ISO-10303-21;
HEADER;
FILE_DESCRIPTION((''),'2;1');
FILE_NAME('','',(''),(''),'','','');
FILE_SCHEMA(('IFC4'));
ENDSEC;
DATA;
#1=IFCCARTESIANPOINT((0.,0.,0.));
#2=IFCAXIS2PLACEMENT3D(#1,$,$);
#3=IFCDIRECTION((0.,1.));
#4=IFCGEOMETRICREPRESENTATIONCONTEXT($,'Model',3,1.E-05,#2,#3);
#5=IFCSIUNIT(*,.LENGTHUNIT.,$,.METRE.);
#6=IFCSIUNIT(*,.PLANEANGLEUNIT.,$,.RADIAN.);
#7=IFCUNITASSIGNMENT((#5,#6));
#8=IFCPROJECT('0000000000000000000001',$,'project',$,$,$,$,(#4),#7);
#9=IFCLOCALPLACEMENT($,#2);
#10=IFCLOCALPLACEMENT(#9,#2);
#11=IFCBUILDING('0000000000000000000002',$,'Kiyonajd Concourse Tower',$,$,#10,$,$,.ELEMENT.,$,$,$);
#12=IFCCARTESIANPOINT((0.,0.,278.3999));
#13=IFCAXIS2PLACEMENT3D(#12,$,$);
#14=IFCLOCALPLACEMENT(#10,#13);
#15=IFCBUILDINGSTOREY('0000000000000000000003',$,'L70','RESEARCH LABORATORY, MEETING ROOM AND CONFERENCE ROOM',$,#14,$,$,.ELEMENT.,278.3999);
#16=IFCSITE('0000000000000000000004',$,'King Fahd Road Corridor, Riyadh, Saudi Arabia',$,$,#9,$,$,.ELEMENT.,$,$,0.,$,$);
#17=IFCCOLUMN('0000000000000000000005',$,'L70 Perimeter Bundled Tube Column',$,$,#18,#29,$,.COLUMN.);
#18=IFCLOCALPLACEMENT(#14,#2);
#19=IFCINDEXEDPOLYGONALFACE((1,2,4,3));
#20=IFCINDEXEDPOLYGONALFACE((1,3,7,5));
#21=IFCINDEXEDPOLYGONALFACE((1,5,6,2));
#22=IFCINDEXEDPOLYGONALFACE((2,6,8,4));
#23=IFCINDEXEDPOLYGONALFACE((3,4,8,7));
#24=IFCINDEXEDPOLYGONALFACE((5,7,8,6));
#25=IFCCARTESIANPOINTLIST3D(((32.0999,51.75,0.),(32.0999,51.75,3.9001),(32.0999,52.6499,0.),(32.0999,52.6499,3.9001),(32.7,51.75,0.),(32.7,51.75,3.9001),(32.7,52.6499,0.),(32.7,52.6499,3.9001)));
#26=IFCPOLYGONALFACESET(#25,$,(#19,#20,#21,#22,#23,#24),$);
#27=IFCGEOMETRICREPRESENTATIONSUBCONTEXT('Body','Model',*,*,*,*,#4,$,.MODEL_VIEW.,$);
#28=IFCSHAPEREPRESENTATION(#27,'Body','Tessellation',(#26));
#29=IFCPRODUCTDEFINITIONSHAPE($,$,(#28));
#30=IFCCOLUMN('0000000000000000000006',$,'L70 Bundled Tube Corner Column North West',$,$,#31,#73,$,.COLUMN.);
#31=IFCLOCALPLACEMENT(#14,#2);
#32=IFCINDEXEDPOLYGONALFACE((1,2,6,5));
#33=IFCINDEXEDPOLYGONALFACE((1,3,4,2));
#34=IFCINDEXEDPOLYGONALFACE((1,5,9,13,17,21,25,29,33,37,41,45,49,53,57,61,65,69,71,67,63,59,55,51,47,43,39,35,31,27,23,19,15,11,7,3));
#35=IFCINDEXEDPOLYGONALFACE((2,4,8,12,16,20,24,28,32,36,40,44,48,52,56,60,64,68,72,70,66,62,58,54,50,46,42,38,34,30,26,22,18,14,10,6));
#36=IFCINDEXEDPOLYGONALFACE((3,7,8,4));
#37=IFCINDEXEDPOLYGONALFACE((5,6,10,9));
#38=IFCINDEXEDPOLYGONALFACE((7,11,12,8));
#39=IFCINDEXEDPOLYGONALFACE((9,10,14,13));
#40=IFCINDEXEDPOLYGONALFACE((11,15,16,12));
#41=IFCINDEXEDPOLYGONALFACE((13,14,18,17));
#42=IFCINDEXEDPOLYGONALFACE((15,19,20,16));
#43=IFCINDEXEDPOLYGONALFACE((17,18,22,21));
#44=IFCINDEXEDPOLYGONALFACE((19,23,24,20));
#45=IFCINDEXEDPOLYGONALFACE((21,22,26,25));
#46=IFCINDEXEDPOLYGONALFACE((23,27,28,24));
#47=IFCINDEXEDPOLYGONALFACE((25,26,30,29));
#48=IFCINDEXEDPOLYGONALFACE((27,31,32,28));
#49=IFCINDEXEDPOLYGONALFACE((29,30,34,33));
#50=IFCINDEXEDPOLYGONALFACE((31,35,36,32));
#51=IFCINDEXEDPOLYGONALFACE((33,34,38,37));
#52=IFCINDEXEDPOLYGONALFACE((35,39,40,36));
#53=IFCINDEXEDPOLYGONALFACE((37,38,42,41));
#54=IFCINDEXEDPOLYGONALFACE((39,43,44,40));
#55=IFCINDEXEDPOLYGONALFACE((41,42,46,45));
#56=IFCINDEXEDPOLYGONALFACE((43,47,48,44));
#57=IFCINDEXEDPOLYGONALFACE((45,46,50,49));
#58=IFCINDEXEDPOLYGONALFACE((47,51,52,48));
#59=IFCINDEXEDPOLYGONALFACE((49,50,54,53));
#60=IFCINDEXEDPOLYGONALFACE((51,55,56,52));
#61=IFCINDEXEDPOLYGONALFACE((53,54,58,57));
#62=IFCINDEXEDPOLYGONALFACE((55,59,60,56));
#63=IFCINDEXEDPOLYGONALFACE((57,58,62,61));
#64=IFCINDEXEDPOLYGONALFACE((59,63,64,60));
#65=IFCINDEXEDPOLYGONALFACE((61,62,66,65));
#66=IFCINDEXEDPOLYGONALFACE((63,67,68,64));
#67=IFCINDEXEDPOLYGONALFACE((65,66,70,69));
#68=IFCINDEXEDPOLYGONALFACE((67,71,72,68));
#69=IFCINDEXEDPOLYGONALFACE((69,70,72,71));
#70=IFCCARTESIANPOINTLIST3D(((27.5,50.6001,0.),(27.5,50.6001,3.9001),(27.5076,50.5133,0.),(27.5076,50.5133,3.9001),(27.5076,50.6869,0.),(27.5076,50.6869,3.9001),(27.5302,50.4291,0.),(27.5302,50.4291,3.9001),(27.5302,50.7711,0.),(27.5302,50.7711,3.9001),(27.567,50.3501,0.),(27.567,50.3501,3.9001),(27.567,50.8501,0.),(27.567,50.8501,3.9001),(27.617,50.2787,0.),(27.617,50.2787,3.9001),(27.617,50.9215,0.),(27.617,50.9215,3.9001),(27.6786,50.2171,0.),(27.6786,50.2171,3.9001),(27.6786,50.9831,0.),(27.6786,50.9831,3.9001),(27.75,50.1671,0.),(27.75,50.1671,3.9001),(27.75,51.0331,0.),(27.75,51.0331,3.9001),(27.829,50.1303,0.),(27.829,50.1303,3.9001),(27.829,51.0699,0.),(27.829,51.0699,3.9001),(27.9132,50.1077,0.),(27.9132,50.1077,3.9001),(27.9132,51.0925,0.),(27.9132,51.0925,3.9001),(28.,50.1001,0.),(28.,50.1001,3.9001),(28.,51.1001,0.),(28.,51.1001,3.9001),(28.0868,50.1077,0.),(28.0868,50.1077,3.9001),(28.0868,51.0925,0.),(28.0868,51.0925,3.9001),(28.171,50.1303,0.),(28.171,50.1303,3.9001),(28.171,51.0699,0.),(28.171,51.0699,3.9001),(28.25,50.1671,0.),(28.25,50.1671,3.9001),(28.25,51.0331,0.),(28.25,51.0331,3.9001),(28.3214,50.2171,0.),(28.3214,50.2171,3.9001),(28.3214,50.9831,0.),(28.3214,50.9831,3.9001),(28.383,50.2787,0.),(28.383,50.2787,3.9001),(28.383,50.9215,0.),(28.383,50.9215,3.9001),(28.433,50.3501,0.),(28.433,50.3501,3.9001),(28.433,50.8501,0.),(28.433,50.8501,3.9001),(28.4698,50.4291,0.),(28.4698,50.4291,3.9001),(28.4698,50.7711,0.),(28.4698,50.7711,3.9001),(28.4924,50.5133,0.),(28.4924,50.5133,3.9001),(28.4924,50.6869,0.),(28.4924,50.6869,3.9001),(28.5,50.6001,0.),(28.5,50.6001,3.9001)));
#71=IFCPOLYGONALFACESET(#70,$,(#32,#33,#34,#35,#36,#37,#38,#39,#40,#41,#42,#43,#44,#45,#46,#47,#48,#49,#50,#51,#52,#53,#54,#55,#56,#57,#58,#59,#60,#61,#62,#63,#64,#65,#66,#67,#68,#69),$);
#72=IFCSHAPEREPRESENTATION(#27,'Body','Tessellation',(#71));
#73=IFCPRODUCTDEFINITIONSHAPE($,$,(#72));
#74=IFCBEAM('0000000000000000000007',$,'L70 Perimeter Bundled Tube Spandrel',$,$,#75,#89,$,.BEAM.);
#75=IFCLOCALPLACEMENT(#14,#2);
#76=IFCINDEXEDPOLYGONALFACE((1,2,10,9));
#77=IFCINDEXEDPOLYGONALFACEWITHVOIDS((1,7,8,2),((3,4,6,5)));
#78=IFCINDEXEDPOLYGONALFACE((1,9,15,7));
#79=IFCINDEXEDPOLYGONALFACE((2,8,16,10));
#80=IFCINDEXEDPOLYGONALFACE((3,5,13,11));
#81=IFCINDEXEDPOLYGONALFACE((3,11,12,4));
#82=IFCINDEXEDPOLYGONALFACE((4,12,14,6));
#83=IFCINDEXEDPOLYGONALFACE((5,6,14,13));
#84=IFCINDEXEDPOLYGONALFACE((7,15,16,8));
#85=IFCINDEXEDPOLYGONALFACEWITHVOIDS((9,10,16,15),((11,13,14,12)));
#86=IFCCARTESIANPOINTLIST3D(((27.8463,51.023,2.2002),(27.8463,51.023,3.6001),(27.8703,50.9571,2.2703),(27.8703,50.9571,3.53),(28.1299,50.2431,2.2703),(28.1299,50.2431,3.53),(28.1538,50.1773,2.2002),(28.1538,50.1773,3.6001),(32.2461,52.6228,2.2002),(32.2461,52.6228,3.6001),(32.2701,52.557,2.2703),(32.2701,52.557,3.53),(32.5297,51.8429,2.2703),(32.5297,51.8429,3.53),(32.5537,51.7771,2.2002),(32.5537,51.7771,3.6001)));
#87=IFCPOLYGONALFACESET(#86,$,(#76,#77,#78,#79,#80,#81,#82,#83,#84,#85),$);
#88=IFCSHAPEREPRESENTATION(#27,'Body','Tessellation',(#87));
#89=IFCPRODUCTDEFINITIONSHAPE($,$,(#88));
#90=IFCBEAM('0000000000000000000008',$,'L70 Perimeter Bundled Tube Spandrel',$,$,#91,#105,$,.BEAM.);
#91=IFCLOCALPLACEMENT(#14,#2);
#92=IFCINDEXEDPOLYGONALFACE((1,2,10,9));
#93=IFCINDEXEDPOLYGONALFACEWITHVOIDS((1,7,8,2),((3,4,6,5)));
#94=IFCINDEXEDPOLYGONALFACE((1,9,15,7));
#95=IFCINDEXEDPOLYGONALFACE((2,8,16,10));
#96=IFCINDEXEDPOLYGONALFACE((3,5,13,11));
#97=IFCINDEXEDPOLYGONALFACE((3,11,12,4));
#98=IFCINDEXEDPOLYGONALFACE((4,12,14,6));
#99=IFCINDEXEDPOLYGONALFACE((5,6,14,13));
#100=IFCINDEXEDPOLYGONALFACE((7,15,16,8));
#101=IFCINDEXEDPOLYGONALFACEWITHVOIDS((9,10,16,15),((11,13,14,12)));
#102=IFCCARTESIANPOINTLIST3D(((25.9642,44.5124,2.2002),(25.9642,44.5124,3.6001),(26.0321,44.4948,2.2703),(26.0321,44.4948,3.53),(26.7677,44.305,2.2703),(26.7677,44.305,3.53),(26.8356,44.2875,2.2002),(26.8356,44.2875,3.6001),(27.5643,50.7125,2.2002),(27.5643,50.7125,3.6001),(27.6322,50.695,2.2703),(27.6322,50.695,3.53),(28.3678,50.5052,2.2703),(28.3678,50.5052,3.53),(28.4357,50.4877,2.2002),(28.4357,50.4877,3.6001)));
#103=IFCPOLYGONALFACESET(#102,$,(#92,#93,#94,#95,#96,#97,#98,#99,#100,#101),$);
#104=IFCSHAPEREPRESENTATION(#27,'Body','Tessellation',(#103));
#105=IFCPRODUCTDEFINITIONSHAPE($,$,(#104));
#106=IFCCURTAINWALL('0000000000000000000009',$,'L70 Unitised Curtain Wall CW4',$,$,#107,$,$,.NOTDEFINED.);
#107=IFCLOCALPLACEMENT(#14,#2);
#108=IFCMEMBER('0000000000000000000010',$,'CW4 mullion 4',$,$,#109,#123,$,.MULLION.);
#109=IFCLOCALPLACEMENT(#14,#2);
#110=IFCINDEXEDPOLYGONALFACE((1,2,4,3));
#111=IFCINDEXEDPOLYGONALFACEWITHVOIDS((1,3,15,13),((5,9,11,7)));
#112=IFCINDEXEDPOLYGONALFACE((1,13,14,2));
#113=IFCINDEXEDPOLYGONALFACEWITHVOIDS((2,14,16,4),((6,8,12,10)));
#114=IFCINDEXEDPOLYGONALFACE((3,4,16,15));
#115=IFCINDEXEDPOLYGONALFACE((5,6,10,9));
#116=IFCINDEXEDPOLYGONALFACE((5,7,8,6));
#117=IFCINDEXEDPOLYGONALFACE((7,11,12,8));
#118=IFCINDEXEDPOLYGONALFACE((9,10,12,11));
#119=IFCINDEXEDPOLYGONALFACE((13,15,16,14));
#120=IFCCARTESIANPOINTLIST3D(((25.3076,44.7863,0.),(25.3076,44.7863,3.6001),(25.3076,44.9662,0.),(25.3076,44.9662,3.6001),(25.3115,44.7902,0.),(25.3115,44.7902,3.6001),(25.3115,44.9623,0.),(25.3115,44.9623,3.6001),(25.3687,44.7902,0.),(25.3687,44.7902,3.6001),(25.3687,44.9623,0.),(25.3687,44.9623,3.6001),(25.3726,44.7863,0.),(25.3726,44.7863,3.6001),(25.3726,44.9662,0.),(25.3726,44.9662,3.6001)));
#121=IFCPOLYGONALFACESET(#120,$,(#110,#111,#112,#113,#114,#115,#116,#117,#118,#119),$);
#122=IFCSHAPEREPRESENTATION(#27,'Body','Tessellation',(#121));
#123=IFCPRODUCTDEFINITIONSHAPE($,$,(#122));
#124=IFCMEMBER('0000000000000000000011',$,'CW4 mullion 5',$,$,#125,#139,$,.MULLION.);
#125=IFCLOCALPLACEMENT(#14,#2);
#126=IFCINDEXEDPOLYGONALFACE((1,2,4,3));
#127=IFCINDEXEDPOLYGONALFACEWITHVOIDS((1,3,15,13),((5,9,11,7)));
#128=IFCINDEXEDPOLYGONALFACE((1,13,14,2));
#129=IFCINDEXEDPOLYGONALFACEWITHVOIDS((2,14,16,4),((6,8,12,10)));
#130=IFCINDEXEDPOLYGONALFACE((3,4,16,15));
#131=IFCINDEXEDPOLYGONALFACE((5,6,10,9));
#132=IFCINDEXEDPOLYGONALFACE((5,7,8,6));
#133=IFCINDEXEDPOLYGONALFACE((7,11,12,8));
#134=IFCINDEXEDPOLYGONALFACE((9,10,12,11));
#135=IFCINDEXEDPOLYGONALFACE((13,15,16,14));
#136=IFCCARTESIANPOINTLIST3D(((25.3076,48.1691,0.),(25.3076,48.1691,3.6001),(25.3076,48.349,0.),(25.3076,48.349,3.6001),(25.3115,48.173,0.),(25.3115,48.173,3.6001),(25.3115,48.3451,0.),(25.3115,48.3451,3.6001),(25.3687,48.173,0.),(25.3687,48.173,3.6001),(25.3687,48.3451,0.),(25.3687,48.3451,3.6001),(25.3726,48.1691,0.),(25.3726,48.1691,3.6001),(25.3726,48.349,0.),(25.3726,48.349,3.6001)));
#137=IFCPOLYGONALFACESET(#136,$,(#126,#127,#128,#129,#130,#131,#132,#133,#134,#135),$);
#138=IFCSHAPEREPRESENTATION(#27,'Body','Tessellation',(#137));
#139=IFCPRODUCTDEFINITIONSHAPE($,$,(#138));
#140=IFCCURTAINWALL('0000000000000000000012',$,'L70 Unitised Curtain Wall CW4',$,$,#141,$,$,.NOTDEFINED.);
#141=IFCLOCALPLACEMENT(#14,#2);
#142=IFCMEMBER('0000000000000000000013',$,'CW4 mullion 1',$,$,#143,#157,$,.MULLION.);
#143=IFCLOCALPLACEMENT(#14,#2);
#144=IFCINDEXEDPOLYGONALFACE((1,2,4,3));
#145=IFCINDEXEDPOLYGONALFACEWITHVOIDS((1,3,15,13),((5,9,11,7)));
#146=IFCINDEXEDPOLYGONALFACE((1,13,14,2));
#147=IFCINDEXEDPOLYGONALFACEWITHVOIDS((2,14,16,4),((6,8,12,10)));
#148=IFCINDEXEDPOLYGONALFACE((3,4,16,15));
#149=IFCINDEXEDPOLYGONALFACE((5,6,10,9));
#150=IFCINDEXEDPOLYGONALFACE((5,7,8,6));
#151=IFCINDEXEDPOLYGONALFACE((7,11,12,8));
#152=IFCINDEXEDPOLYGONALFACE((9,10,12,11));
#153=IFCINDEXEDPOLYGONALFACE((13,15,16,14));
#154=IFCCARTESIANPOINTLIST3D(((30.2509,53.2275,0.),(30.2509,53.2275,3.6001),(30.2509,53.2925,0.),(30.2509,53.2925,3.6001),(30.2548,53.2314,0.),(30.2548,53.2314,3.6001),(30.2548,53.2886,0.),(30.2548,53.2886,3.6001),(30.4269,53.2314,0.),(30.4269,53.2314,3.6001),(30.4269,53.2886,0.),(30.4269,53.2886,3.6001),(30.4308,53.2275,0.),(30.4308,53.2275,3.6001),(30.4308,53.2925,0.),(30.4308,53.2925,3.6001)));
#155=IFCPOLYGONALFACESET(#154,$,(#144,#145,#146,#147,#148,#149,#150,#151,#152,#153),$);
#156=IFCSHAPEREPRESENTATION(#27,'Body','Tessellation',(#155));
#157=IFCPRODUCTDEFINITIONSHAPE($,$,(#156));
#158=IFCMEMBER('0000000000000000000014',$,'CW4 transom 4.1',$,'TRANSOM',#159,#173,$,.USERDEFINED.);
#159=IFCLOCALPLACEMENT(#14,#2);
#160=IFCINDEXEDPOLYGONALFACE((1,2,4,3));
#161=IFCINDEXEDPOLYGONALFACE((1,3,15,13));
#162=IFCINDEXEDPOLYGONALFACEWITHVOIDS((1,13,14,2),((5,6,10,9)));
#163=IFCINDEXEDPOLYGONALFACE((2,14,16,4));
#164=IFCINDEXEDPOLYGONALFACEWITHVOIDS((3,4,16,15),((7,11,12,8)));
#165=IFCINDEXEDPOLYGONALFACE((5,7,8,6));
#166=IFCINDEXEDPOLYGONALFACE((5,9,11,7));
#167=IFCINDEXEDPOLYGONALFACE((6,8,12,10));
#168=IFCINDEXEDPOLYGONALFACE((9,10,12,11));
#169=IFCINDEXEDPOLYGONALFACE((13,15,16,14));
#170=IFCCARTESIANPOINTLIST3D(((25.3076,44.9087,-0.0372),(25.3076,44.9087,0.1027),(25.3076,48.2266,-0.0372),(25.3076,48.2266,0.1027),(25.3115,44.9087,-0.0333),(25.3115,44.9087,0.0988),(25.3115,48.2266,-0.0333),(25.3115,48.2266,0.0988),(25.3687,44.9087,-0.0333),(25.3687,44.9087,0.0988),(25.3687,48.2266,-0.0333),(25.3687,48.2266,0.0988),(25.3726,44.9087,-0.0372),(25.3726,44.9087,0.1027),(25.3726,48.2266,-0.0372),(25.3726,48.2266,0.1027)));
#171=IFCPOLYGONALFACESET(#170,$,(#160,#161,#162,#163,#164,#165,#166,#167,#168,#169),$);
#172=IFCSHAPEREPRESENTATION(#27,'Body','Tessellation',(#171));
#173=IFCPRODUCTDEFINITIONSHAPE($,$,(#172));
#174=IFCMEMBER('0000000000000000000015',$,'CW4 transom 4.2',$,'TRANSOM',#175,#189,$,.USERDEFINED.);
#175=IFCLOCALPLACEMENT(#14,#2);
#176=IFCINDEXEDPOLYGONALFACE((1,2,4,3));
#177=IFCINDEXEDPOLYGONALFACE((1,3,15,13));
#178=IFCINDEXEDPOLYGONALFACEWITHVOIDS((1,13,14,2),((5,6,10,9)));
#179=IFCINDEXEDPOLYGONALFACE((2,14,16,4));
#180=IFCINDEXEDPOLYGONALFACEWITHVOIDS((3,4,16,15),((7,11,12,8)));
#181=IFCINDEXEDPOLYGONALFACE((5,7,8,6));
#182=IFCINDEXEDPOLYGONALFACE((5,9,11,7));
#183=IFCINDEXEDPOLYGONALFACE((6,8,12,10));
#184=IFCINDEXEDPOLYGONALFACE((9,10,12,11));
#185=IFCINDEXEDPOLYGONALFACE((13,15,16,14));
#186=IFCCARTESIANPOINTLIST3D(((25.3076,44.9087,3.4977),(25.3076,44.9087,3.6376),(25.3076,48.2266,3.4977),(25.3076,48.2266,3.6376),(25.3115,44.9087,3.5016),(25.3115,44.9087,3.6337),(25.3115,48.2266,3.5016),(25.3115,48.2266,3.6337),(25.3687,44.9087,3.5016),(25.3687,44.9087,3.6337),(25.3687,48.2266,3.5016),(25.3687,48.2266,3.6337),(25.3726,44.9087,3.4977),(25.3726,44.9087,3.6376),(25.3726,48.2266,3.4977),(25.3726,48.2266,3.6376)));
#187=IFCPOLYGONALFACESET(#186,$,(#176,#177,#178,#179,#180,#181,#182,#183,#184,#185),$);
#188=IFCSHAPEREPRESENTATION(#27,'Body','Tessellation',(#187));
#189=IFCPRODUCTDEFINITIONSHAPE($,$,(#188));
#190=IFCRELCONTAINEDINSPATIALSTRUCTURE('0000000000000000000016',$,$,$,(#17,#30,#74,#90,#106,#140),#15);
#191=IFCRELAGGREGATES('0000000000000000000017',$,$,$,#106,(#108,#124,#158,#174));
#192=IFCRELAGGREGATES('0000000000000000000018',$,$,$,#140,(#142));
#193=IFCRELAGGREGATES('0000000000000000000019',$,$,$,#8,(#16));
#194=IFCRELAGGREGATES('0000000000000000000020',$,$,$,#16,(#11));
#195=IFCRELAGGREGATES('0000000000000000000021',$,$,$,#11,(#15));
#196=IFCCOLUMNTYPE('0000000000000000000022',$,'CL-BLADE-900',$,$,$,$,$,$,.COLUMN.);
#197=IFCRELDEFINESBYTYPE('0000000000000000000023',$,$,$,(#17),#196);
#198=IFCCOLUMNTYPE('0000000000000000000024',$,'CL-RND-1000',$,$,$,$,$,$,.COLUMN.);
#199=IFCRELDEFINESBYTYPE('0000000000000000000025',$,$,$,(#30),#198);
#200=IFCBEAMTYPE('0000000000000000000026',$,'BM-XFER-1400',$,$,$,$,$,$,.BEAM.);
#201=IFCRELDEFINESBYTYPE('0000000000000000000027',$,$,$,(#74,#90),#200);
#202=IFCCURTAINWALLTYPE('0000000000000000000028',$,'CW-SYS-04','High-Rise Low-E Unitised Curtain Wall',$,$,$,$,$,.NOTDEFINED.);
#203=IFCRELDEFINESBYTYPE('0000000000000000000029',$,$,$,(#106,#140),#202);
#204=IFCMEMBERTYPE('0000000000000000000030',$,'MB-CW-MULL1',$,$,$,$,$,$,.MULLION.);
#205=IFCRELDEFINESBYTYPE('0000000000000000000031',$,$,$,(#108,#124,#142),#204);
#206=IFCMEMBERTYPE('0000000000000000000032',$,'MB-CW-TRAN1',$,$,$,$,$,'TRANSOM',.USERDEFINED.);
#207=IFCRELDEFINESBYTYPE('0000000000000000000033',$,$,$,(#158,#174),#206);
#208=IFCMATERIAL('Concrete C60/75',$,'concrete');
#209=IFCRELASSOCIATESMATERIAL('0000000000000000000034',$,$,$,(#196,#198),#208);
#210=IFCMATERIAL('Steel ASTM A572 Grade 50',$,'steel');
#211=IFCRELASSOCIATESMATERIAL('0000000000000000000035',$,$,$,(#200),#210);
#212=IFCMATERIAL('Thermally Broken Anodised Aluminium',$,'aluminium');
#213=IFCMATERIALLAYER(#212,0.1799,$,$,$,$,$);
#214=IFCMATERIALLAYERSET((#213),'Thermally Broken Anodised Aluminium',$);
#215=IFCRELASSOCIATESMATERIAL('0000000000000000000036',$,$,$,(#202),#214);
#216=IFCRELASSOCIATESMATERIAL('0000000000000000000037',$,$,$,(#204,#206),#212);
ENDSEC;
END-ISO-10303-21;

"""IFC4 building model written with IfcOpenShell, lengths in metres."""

from ifc_helpers import new_model, si_unit, direction, frame, origin, origin_2d, place, context, subcontext, project, spatial, rectangle, hollow_rectangle, circle, extrude, material, layer, layer_set, material_profile, profile_set, type_object, element, aggregate, save


model = new_model("IFC4")

# Units and contexts
model_context = context("Model", 3, precision=1e-05, world=origin(), true_north=direction((0.0, 1.0)))
body_context = subcontext(model_context, "Body", "Model", "MODEL_VIEW")
ifc_project = project(units=[si_unit("LENGTHUNIT", "METRE"), si_unit("PLANEANGLEUNIT", "RADIAN")], contexts=[model_context])

# Site, building, storey
site_placement = place(None, origin())
site = spatial("IfcSite", under=ifc_project, at=site_placement, Name="King Fahd Road Corridor, Riyadh, Saudi Arabia", CompositionType="ELEMENT", RefElevation=0.0)
building_placement = place(site_placement, origin())
building = spatial("IfcBuilding", under=site, at=building_placement, Name="Kiyonajd Concourse Tower", CompositionType="ELEMENT")
storey_placement = place(building_placement, frame((0.0, 0.0, 278.3999)))
storey = spatial("IfcBuildingStorey", under=building, at=storey_placement, Name="L70", Description="RESEARCH LABORATORY, MEETING ROOM AND CONFERENCE ROOM", CompositionType="ELEMENT", Elevation=278.3999)

# Columns
ifc_material_1 = material(Name="Concrete C60/75", Category="concrete")
ifc_material_profile_1 = material_profile(ifc_material_1, rectangle(XDim=0.6001, YDim=0.8999, at=origin_2d()), Name="RC-900x600")
ifc_profile_set_1 = profile_set([ifc_material_profile_1], Name="Concrete C60/75")
column_type_1 = type_object("IfcColumnType", Name="CL-BLADE-900", PredefinedType="COLUMN", material=ifc_profile_set_1)
column_1_placement = place(storey_placement, frame((32.3999, 52.2, 0.0), z_axis=(0.0, 0.0, 1.0), x_axis=(1.0, 0.0, 0.0)))
element("IfcColumn", 1, at=column_1_placement, inside=storey, type_object=column_type_1, Name="L70 Perimeter Bundled Tube Column", PredefinedType="COLUMN", context=body_context, shape_type="SweptSolid", body=[
    extrude(rectangle(XDim=0.6001, YDim=0.8999, at=origin_2d()), origin(), (0.0, 0.0, 1.0), 3.9001),
])
ifc_material_profile_2 = material_profile(ifc_material_1, circle(Radius=0.5, at=origin_2d()), Name="RCC-D1000")
ifc_profile_set_2 = profile_set([ifc_material_profile_2], Name="Concrete C60/75")
column_type_2 = type_object("IfcColumnType", Name="CL-RND-1000", PredefinedType="COLUMN", material=ifc_profile_set_2)
column_2_placement = place(storey_placement, frame((28.0, 50.6001, 0.0), z_axis=(0.0, 0.0, 1.0), x_axis=(1.0, 0.0, 0.0)))
element("IfcColumn", 2, at=column_2_placement, inside=storey, type_object=column_type_2, Name="L70 Bundled Tube Corner Column North West", PredefinedType="COLUMN", context=body_context, shape_type="SweptSolid", body=[
    extrude(circle(Radius=0.5, at=origin_2d()), origin(), (0.0, 0.0, 1.0), 3.9001),
])

# Beams
ifc_material_2 = material(Name="Steel ASTM A572 Grade 50", Category="steel")
ifc_material_profile_3 = material_profile(ifc_material_2, hollow_rectangle(XDim=0.8999, YDim=1.3999, WallThickness=0.0701, at=origin_2d()), Name="BOX-1400x900x70")
ifc_profile_set_3 = profile_set([ifc_material_profile_3], Name="Steel ASTM A572 Grade 50")
beam_type = type_object("IfcBeamType", Name="BM-XFER-1400", PredefinedType="BEAM", material=ifc_profile_set_3)
beam_1_placement = place(storey_placement, frame((32.3999, 52.2, 2.9001), z_axis=(-0.939801, -0.341722, 0.0), x_axis=(0.341722, -0.939801, 0.0)))
element("IfcBeam", 3, at=beam_1_placement, inside=storey, type_object=beam_type, Name="L70 Perimeter Bundled Tube Spandrel", PredefinedType="BEAM", context=body_context, shape_type="SweptSolid", body=[
    extrude(hollow_rectangle(XDim=0.8999, YDim=1.3999, WallThickness=0.0701, at=origin_2d()), origin(), (0.0, 0.0, 1.0), 4.6816),
])
beam_2_placement = place(storey_placement, frame((28.0, 50.6001, 2.9001), z_axis=(-0.249885, -0.968276, 0.0), x_axis=(0.968276, -0.249885, 0.0)))
element("IfcBeam", 4, at=beam_2_placement, inside=storey, type_object=beam_type, Name="L70 Perimeter Bundled Tube Spandrel", PredefinedType="BEAM", context=body_context, shape_type="SweptSolid", body=[
    extrude(hollow_rectangle(XDim=0.8999, YDim=1.3999, WallThickness=0.0701, at=origin_2d()), origin(), (0.0, 0.0, 1.0), 6.4033),
])

# Curtain wall, members
ifc_material_3 = material(Name="Thermally Broken Anodised Aluminium", Category="aluminium")
ifc_layer_1 = layer(ifc_material_3, 0.1799)
ifc_layer_set_1 = layer_set([ifc_layer_1], Name="Thermally Broken Anodised Aluminium")
curtain_wall_type = type_object("IfcCurtainWallType", Name="CW-SYS-04", Description="High-Rise Low-E Unitised Curtain Wall", PredefinedType="NOTDEFINED", material=ifc_layer_set_1)
curtain_wall_1_placement = place(storey_placement, origin())
curtain_wall_1 = element("IfcCurtainWall", 5, at=curtain_wall_1_placement, inside=storey, type_object=curtain_wall_type, Name="L70 Unitised Curtain Wall CW4", PredefinedType="NOTDEFINED")
ifc_material_profile_4 = material_profile(ifc_material_3, hollow_rectangle(XDim=0.0649, YDim=0.1799, WallThickness=0.0039, at=origin_2d()), Name="MULL-65x180")
ifc_profile_set_4 = profile_set([ifc_material_profile_4], Name="Thermally Broken Anodised Aluminium")
member_type_1 = type_object("IfcMemberType", Name="MB-CW-MULL1", PredefinedType="MULLION", material=ifc_profile_set_4)
member_1_placement = place(storey_placement, frame((25.3401, 44.8762, 0.0), z_axis=(0.0, 0.0, 1.0), x_axis=(-1.0, 0.0, 0.0)))
member_1 = element("IfcMember", 6, at=member_1_placement, type_object=member_type_1, Name="CW4 mullion 4", PredefinedType="MULLION", context=body_context, shape_type="SweptSolid", body=[
    extrude(hollow_rectangle(XDim=0.0649, YDim=0.1799, WallThickness=0.0039, at=origin_2d()), origin(), (0.0, 0.0, 1.0), 3.6001),
])
member_2_placement = place(storey_placement, frame((25.3401, 48.259, 0.0), z_axis=(0.0, 0.0, 1.0), x_axis=(-1.0, 0.0, 0.0)))
member_2 = element("IfcMember", 7, at=member_2_placement, type_object=member_type_1, Name="CW4 mullion 5", PredefinedType="MULLION", context=body_context, shape_type="SweptSolid", body=[
    extrude(hollow_rectangle(XDim=0.0649, YDim=0.1799, WallThickness=0.0039, at=origin_2d()), origin(), (0.0, 0.0, 1.0), 3.6001),
])

# Curtain wall, member
curtain_wall_2_placement = place(storey_placement, origin())
curtain_wall_2 = element("IfcCurtainWall", 8, at=curtain_wall_2_placement, inside=storey, type_object=curtain_wall_type, Name="L70 Unitised Curtain Wall CW4", PredefinedType="NOTDEFINED")
member_3_placement = place(storey_placement, frame((30.3408, 53.26, 0.0), z_axis=(0.0, 0.0, 1.0), x_axis=(0.0, 1.0, 0.0)))
member_3 = element("IfcMember", 9, at=member_3_placement, type_object=member_type_1, Name="CW4 mullion 1", PredefinedType="MULLION", context=body_context, shape_type="SweptSolid", body=[
    extrude(hollow_rectangle(XDim=0.0649, YDim=0.1799, WallThickness=0.0039, at=origin_2d()), origin(), (0.0, 0.0, 1.0), 3.6001),
])

# Members
ifc_material_profile_5 = material_profile(ifc_material_3, hollow_rectangle(XDim=0.0649, YDim=0.1399, WallThickness=0.0039, at=origin_2d()), Name="TRAN-65x140")
ifc_profile_set_5 = profile_set([ifc_material_profile_5], Name="Thermally Broken Anodised Aluminium")
member_type_2 = type_object("IfcMemberType", Name="MB-CW-TRAN1", ElementType="TRANSOM", PredefinedType="USERDEFINED", material=ifc_profile_set_5)
member_4_placement = place(storey_placement, frame((25.3401, 44.9087, 0.0327), z_axis=(0.0, 1.0, 0.0), x_axis=(-1.0, 0.0, 0.0)))
member_4 = element("IfcMember", 10, at=member_4_placement, type_object=member_type_2, Name="CW4 transom 4.1", ObjectType="TRANSOM", PredefinedType="USERDEFINED", context=body_context, shape_type="SweptSolid", body=[
    extrude(hollow_rectangle(XDim=0.0649, YDim=0.1399, WallThickness=0.0039, at=origin_2d()), origin(), (0.0, 0.0, 1.0), 3.3179),
])
member_5_placement = place(storey_placement, frame((25.3401, 44.9087, 3.5676), z_axis=(0.0, 1.0, 0.0), x_axis=(-1.0, 0.0, 0.0)))
member_5 = element("IfcMember", 11, at=member_5_placement, type_object=member_type_2, Name="CW4 transom 4.2", ObjectType="TRANSOM", PredefinedType="USERDEFINED", context=body_context, shape_type="SweptSolid", body=[
    extrude(hollow_rectangle(XDim=0.0649, YDim=0.1399, WallThickness=0.0039, at=origin_2d()), origin(), (0.0, 0.0, 1.0), 3.3179),
])

aggregate(curtain_wall_1, [member_1, member_2, member_4, member_5])
aggregate(curtain_wall_2, [member_3])

save(model, "model.ifc")
